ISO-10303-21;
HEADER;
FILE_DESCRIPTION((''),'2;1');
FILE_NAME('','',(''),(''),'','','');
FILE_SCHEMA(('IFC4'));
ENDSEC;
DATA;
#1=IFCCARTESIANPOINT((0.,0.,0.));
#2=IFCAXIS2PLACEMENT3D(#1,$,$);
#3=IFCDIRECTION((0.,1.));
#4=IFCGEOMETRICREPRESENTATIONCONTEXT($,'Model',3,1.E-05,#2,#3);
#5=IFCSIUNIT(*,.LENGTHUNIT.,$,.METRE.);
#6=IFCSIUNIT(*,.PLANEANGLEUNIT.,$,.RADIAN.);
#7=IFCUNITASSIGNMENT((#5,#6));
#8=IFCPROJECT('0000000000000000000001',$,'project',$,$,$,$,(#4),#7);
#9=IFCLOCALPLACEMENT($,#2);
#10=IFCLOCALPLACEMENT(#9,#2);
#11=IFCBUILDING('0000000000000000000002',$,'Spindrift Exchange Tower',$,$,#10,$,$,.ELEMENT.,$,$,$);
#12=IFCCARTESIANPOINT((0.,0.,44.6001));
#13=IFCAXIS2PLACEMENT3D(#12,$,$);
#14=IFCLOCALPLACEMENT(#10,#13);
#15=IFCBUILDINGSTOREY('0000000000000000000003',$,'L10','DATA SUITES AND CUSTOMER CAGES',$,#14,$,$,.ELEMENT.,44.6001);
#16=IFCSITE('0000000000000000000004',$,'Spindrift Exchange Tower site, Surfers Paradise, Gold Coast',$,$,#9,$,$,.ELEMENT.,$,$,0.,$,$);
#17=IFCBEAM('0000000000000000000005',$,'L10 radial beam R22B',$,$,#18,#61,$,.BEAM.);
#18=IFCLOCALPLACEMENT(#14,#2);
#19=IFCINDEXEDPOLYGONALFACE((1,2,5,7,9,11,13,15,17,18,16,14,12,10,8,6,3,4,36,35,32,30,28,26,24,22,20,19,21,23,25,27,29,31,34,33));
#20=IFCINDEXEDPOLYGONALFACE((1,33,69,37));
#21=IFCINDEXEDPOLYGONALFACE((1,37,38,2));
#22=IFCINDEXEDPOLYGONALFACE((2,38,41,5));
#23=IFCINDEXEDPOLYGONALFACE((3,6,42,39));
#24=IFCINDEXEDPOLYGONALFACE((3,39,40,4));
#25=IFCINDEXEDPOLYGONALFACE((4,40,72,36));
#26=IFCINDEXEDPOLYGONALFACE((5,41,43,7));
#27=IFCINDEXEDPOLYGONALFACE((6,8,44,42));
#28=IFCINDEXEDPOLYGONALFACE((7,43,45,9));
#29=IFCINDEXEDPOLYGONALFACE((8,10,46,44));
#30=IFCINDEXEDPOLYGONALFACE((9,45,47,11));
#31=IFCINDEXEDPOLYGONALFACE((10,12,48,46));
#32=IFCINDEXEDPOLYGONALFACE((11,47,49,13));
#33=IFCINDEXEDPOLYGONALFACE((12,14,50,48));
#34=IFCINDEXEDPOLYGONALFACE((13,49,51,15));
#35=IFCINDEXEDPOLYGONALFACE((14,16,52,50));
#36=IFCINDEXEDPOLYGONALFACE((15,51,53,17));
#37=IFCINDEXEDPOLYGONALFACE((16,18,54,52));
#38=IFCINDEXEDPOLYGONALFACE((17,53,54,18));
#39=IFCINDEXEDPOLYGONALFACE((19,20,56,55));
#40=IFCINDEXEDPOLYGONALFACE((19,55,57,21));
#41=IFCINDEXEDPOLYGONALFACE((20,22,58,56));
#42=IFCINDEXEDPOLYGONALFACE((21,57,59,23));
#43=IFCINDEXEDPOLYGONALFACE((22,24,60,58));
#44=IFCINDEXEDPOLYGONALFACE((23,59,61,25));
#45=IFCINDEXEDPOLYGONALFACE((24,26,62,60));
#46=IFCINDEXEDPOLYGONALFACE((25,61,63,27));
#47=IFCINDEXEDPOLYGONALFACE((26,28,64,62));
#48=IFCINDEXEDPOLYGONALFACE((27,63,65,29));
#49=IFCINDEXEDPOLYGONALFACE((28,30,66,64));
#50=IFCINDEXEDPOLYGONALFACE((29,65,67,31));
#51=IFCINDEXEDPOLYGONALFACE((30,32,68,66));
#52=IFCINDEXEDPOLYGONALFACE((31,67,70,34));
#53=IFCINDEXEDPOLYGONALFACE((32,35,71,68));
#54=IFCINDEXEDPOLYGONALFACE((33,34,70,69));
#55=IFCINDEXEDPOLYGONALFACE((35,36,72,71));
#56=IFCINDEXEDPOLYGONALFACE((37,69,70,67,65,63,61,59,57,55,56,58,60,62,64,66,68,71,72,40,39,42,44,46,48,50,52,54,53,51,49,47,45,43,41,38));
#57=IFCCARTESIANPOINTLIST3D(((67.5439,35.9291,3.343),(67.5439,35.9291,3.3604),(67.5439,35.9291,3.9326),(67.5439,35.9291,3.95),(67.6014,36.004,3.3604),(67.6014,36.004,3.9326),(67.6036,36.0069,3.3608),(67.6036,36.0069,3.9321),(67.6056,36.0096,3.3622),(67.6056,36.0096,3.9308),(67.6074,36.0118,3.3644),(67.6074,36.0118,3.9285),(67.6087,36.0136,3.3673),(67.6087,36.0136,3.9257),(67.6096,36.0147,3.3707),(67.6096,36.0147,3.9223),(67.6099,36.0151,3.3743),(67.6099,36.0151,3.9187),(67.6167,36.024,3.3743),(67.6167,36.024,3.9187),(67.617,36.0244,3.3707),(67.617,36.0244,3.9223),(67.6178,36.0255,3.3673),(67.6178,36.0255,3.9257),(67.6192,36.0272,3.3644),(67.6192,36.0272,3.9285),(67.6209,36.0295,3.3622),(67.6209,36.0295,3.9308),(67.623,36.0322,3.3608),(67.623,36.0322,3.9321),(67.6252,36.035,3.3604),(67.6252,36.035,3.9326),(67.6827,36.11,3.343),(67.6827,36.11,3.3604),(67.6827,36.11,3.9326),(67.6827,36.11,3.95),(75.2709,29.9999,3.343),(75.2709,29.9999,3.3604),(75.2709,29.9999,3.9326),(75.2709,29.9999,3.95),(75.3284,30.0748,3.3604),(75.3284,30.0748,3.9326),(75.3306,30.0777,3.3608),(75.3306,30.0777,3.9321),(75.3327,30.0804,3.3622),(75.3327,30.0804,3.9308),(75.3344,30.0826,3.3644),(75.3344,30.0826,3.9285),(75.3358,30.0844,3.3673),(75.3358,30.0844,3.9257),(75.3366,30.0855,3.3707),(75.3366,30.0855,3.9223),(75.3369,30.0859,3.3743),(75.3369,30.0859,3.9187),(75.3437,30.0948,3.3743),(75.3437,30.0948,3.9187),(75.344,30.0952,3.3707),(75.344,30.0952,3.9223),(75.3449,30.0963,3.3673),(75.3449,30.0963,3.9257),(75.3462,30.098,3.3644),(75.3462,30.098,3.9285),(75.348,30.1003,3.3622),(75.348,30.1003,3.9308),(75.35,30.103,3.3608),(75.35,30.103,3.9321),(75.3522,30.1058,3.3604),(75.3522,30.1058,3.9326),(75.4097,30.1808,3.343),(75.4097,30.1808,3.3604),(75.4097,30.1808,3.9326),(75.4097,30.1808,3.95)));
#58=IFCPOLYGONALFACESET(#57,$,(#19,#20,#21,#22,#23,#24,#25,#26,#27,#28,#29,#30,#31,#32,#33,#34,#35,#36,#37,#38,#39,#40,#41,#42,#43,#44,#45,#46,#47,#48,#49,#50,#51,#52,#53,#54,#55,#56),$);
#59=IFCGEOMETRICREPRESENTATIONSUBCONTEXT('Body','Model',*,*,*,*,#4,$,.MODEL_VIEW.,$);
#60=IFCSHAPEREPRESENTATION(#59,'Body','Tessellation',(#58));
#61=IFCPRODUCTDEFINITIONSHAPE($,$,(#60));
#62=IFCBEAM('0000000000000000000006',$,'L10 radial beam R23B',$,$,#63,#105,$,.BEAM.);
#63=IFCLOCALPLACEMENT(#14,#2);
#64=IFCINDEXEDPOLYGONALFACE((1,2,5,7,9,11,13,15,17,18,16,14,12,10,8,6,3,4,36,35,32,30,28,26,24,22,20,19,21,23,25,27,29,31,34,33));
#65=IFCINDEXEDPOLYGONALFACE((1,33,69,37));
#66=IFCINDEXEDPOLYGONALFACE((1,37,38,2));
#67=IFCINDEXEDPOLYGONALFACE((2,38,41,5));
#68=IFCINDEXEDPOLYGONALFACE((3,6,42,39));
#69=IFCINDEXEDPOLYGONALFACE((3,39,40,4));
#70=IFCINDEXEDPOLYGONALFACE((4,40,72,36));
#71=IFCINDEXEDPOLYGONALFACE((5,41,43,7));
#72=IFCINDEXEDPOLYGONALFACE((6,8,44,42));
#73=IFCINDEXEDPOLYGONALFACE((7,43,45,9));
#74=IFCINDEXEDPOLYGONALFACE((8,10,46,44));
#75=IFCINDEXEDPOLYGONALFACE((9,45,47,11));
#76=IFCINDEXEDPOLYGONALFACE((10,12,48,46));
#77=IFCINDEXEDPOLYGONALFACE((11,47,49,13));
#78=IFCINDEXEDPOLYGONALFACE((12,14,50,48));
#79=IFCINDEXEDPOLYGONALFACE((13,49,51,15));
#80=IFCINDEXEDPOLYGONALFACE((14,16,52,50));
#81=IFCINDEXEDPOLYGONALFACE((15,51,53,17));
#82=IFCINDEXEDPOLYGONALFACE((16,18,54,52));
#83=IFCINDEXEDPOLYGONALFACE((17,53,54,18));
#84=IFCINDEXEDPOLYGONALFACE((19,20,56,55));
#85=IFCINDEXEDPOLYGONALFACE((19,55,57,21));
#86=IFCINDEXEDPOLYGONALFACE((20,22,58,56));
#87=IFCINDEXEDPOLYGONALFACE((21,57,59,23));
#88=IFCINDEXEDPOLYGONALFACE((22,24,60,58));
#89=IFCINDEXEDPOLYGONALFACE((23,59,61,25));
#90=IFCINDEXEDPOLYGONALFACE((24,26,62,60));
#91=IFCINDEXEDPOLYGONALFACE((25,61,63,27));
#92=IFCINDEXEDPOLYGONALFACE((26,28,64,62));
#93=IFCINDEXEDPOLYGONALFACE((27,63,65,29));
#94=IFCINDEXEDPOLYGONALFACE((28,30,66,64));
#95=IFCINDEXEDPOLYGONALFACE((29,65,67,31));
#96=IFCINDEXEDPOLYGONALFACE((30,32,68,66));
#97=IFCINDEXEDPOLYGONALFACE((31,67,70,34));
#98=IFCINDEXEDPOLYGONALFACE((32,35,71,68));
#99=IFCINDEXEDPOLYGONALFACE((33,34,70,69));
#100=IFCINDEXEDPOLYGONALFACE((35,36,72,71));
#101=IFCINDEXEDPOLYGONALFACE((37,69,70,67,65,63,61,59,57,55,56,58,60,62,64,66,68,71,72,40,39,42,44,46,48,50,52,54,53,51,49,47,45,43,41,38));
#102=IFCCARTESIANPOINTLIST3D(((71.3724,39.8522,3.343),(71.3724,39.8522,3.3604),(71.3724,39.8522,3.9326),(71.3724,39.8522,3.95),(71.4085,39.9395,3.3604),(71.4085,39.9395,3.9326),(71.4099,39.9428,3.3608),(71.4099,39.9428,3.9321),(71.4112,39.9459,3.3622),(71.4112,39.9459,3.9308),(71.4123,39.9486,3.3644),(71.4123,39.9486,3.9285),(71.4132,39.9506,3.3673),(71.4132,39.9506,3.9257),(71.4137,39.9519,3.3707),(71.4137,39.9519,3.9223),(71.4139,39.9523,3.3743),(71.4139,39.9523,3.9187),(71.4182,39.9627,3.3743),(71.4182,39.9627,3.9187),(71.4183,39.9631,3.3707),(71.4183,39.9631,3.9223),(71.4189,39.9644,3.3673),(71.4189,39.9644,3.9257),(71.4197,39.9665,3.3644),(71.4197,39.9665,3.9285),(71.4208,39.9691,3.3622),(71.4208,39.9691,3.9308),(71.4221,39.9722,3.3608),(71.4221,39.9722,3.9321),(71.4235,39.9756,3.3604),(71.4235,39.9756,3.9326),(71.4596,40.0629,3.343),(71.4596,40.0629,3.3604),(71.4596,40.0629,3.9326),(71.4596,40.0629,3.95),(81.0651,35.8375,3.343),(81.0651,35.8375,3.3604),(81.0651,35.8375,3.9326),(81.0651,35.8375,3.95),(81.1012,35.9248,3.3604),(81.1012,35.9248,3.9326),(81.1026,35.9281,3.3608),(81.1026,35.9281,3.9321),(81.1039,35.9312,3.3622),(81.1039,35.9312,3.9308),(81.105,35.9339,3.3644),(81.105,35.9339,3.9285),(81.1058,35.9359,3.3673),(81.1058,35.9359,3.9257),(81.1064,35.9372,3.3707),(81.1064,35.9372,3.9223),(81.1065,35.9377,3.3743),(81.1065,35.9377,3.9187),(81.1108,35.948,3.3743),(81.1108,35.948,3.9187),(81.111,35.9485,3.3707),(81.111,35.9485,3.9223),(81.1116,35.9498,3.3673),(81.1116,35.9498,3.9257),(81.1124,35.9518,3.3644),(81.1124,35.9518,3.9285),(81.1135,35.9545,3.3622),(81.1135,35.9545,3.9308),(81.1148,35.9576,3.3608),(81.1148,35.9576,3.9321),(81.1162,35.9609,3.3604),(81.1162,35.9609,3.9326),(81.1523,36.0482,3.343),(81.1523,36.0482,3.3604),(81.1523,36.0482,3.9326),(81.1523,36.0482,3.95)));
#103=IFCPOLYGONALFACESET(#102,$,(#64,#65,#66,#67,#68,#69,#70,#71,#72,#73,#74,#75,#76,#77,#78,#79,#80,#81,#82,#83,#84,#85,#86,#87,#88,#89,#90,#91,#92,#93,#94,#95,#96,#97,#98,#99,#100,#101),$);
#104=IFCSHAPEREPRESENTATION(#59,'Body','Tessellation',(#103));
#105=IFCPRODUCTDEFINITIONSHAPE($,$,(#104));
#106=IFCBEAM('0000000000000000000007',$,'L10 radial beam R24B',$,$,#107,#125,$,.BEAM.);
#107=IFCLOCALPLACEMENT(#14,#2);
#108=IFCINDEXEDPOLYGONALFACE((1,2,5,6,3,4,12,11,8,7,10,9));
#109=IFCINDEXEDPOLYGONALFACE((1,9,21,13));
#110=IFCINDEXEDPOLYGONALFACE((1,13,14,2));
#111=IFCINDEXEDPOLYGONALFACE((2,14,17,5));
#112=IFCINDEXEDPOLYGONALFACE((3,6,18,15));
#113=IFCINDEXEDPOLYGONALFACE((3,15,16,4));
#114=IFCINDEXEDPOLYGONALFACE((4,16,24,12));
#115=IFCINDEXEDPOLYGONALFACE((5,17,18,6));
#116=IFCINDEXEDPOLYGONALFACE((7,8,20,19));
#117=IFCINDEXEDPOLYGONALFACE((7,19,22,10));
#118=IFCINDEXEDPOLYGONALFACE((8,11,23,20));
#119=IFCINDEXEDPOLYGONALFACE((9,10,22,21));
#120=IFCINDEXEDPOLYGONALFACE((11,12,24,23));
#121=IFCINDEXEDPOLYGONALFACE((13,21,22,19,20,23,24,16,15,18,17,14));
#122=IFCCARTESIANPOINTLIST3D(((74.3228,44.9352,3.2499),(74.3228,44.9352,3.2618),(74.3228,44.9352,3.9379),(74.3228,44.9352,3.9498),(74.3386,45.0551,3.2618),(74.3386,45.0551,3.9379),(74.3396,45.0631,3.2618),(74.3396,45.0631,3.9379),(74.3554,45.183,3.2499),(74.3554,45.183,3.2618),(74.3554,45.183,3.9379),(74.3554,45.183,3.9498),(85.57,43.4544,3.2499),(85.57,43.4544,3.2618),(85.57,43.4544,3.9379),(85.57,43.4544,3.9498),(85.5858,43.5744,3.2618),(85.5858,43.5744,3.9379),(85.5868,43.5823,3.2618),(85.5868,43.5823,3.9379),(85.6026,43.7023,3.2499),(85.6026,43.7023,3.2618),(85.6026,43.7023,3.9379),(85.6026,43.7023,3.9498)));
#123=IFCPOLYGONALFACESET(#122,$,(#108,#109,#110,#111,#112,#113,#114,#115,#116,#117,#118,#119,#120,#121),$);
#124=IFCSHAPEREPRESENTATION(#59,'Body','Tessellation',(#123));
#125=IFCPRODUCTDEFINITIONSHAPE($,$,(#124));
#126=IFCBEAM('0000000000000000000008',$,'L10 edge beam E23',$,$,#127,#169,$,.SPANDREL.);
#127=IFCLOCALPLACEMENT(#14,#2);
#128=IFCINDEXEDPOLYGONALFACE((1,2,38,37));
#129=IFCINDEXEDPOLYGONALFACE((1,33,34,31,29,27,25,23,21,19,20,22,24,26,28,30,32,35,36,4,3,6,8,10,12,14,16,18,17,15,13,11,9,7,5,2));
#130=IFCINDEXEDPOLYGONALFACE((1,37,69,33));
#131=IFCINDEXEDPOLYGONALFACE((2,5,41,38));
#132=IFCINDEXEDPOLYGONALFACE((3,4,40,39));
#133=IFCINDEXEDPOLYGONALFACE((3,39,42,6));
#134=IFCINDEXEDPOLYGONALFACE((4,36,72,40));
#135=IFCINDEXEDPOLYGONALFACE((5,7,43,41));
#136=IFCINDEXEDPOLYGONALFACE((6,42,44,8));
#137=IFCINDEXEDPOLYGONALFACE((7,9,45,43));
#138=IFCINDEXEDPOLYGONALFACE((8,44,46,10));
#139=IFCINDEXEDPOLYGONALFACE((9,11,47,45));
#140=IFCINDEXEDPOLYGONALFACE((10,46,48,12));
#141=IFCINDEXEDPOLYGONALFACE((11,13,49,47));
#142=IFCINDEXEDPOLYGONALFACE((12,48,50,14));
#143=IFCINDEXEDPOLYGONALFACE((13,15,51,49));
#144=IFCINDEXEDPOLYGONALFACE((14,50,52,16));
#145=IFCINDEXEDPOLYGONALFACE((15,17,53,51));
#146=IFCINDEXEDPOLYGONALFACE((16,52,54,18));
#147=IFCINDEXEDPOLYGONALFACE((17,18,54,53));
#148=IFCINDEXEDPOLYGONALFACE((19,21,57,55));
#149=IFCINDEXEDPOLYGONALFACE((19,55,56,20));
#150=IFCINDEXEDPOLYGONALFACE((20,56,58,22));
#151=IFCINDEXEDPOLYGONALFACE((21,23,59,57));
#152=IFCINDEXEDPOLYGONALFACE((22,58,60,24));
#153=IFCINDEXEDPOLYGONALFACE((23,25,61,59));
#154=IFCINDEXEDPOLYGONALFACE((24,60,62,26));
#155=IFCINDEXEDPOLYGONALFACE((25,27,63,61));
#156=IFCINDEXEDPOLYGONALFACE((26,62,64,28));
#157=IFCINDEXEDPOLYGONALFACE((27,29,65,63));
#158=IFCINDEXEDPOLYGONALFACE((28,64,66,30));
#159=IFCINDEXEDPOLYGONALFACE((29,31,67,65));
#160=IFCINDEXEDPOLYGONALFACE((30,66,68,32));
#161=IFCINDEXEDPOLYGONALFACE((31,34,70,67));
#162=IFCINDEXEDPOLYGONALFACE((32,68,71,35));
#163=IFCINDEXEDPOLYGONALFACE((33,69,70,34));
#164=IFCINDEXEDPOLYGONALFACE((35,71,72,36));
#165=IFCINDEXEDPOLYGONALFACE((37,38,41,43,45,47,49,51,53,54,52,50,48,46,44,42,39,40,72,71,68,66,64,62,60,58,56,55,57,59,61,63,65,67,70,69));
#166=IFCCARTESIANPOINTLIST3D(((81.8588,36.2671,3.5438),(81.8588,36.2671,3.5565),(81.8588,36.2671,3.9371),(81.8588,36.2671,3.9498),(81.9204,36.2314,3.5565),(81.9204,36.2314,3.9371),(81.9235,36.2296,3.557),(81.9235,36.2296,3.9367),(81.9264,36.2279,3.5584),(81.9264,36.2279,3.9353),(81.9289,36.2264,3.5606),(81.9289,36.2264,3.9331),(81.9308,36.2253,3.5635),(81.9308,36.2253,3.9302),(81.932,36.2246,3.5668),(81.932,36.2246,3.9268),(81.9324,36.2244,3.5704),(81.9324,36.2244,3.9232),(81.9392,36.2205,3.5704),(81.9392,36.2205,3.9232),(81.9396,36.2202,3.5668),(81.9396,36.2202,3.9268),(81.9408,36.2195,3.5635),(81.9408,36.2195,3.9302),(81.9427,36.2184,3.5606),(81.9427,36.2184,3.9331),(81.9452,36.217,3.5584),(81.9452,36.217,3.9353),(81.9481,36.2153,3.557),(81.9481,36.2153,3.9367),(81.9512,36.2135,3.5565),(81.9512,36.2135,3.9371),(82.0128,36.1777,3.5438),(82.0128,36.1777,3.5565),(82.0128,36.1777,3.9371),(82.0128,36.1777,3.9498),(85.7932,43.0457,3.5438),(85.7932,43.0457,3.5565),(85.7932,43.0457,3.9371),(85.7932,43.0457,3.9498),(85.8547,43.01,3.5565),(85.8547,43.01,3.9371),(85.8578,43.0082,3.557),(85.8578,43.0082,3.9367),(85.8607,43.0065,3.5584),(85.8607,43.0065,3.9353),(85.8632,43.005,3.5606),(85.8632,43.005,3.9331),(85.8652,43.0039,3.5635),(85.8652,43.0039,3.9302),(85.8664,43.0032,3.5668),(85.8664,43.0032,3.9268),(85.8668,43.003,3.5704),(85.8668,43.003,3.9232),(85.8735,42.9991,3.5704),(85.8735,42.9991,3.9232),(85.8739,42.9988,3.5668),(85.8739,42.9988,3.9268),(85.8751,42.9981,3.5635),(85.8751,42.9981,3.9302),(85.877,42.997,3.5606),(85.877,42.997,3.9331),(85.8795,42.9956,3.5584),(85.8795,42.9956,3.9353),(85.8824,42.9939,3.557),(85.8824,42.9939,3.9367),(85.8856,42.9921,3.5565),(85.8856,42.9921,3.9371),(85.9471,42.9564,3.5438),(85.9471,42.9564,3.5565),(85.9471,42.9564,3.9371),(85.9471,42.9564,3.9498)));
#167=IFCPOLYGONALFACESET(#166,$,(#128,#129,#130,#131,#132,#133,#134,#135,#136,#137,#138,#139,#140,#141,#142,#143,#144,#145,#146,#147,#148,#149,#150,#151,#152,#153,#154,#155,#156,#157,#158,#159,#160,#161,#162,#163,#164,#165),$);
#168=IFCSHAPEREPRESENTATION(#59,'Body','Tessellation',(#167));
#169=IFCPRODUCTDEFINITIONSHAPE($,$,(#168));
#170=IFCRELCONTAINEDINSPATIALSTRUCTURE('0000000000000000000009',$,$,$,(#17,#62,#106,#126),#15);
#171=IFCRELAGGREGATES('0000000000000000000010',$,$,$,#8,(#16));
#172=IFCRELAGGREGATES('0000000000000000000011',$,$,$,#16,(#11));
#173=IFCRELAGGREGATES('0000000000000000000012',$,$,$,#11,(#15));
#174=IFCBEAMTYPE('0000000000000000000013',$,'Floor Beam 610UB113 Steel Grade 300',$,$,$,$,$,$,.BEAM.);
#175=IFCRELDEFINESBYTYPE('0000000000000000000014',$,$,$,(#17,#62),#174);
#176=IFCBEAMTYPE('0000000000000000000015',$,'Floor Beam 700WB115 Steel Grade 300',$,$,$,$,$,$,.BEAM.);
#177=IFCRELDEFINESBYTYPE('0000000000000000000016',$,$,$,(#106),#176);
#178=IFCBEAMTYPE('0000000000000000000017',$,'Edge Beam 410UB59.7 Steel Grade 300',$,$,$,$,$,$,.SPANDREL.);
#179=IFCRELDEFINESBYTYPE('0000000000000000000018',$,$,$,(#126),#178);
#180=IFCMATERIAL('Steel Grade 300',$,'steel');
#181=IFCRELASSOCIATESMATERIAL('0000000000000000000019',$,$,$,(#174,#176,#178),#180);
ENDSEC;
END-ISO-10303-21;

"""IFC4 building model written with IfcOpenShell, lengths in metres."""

from ifc_helpers import new_model, si_unit, direction, frame, origin, origin_2d, place, context, subcontext, project, spatial, i_section, extrude, source, transform, mapped, material, material_profile, profile_set, type_object, element, save


model = new_model("IFC4")

# Units and contexts
model_context = context("Model", 3, precision=1e-05, world=origin(), true_north=direction((0.0, 1.0)))
body_context = subcontext(model_context, "Body", "Model", "MODEL_VIEW")
ifc_project = project(units=[si_unit("LENGTHUNIT", "METRE"), si_unit("PLANEANGLEUNIT", "RADIAN")], contexts=[model_context])

# Site, building, storey
site_placement = place(None, origin())
site = spatial("IfcSite", under=ifc_project, at=site_placement, Name="Spindrift Exchange Tower site, Surfers Paradise, Gold Coast", CompositionType="ELEMENT", RefElevation=0.0)
building_placement = place(site_placement, origin())
building = spatial("IfcBuilding", under=site, at=building_placement, Name="Spindrift Exchange Tower", CompositionType="ELEMENT")
storey_placement = place(building_placement, frame((0.0, 0.0, 44.6001)))
storey = spatial("IfcBuildingStorey", under=building, at=storey_placement, Name="L10", Description="DATA SUITES AND CUSTOMER CAGES", CompositionType="ELEMENT", Elevation=44.6001)

# Beams
ifc_material_1 = material(Name="Steel Grade 300", Category="steel")
ifc_material_profile_1 = material_profile(ifc_material_1, i_section(OverallWidth=0.228, OverallDepth=0.6069, WebThickness=0.0112, FlangeThickness=0.0173, FilletRadius=0.0139, at=origin_2d()), Name="610UB113")
ifc_profile_set_1 = profile_set([ifc_material_profile_1], Name="Steel Grade 300")
beam_type_1 = type_object("IfcBeamType", Name="Floor Beam 610UB113 Steel Grade 300", PredefinedType="BEAM", material=ifc_profile_set_1)
shared_shape_1 = source(origin(), body_context, "Body", "SweptSolid", [
    extrude(i_section(OverallWidth=0.228, OverallDepth=0.6069, WebThickness=0.0112, FlangeThickness=0.0173, FilletRadius=0.0139, at=origin_2d()), origin(), (0.0, 0.0, 1.0), 9.7397),
])
beam_1_placement = place(storey_placement, frame((67.6133, 36.0195, 3.6465), z_axis=(0.793352, -0.608763, 0.0), x_axis=(0.608763, 0.793352, 0.0)))
element("IfcBeam", 1, at=beam_1_placement, inside=storey, type_object=beam_type_1, Name="L10 radial beam R22B", PredefinedType="BEAM", context=body_context, shape_type="MappedRepresentation", body=[
    mapped(shared_shape_1, transform((0.0, 0.0, 0.0), scale=1.0)),
])
shared_shape_2 = source(origin(), body_context, "Body", "SweptSolid", [
    extrude(i_section(OverallWidth=0.228, OverallDepth=0.6069, WebThickness=0.0112, FlangeThickness=0.0173, FilletRadius=0.0139, at=origin_2d()), origin(), (0.0, 0.0, 1.0), 10.4912),
])
beam_2_placement = place(storey_placement, frame((71.416, 39.9575, 3.6465), z_axis=(0.923885, -0.38267, 0.0), x_axis=(0.38267, 0.923885, 0.0)))
element("IfcBeam", 2, at=beam_2_placement, inside=storey, type_object=beam_type_1, Name="L10 radial beam R23B", PredefinedType="BEAM", context=body_context, shape_type="MappedRepresentation", body=[
    mapped(shared_shape_2, transform((0.0, 0.0, 0.0), scale=1.0)),
])
ifc_material_profile_2 = material_profile(ifc_material_1, i_section(OverallWidth=0.25, OverallDepth=0.7, WebThickness=0.0081, FlangeThickness=0.012, at=origin_2d()), Name="700WB115")
ifc_profile_set_2 = profile_set([ifc_material_profile_2], Name="Steel Grade 300")
beam_type_2 = type_object("IfcBeamType", Name="Floor Beam 700WB115 Steel Grade 300", PredefinedType="BEAM", material=ifc_profile_set_2)
shared_shape_3 = source(origin(), body_context, "Body", "SweptSolid", [
    extrude(i_section(OverallWidth=0.25, OverallDepth=0.7, WebThickness=0.0081, FlangeThickness=0.012, at=origin_2d()), origin(), (0.0, 0.0, 1.0), 11.3442),
])
beam_3_placement = place(storey_placement, frame((74.3391, 45.0591, 3.5999), z_axis=(0.991445, -0.130527, 0.0), x_axis=(0.130527, 0.991445, 0.0)))
element("IfcBeam", 3, at=beam_3_placement, inside=storey, type_object=beam_type_2, Name="L10 radial beam R24B", PredefinedType="BEAM", context=body_context, shape_type="MappedRepresentation", body=[
    mapped(shared_shape_3, transform((0.0, 0.0, 0.0), scale=1.0)),
])
ifc_material_profile_3 = material_profile(ifc_material_1, i_section(OverallWidth=0.178, OverallDepth=0.406, WebThickness=0.0078, FlangeThickness=0.0127, FilletRadius=0.0139, at=origin_2d()), Name="410UB59.7")
ifc_profile_set_3 = profile_set([ifc_material_profile_3], Name="Steel Grade 300")
beam_type_3 = type_object("IfcBeamType", Name="Edge Beam 410UB59.7 Steel Grade 300", PredefinedType="SPANDREL", material=ifc_profile_set_3)
shared_shape_4 = source(origin(), body_context, "Body", "SweptSolid", [
    extrude(i_section(OverallWidth=0.178, OverallDepth=0.406, WebThickness=0.0078, FlangeThickness=0.0127, FilletRadius=0.0139, at=origin_2d()), origin(), (0.0, 0.0, 1.0), 7.8376),
])
beam_4_placement = place(storey_placement, frame((81.9358, 36.2224, 3.7468), z_axis=(0.501981, 0.864878, 0.0), x_axis=(-0.864878, 0.501981, 0.0)))
element("IfcBeam", 4, at=beam_4_placement, inside=storey, type_object=beam_type_3, Name="L10 edge beam E23", PredefinedType="SPANDREL", context=body_context, shape_type="MappedRepresentation", body=[
    mapped(shared_shape_4, transform((0.0, 0.0, 0.0), scale=1.0)),
])

save(model, "model.ifc")
